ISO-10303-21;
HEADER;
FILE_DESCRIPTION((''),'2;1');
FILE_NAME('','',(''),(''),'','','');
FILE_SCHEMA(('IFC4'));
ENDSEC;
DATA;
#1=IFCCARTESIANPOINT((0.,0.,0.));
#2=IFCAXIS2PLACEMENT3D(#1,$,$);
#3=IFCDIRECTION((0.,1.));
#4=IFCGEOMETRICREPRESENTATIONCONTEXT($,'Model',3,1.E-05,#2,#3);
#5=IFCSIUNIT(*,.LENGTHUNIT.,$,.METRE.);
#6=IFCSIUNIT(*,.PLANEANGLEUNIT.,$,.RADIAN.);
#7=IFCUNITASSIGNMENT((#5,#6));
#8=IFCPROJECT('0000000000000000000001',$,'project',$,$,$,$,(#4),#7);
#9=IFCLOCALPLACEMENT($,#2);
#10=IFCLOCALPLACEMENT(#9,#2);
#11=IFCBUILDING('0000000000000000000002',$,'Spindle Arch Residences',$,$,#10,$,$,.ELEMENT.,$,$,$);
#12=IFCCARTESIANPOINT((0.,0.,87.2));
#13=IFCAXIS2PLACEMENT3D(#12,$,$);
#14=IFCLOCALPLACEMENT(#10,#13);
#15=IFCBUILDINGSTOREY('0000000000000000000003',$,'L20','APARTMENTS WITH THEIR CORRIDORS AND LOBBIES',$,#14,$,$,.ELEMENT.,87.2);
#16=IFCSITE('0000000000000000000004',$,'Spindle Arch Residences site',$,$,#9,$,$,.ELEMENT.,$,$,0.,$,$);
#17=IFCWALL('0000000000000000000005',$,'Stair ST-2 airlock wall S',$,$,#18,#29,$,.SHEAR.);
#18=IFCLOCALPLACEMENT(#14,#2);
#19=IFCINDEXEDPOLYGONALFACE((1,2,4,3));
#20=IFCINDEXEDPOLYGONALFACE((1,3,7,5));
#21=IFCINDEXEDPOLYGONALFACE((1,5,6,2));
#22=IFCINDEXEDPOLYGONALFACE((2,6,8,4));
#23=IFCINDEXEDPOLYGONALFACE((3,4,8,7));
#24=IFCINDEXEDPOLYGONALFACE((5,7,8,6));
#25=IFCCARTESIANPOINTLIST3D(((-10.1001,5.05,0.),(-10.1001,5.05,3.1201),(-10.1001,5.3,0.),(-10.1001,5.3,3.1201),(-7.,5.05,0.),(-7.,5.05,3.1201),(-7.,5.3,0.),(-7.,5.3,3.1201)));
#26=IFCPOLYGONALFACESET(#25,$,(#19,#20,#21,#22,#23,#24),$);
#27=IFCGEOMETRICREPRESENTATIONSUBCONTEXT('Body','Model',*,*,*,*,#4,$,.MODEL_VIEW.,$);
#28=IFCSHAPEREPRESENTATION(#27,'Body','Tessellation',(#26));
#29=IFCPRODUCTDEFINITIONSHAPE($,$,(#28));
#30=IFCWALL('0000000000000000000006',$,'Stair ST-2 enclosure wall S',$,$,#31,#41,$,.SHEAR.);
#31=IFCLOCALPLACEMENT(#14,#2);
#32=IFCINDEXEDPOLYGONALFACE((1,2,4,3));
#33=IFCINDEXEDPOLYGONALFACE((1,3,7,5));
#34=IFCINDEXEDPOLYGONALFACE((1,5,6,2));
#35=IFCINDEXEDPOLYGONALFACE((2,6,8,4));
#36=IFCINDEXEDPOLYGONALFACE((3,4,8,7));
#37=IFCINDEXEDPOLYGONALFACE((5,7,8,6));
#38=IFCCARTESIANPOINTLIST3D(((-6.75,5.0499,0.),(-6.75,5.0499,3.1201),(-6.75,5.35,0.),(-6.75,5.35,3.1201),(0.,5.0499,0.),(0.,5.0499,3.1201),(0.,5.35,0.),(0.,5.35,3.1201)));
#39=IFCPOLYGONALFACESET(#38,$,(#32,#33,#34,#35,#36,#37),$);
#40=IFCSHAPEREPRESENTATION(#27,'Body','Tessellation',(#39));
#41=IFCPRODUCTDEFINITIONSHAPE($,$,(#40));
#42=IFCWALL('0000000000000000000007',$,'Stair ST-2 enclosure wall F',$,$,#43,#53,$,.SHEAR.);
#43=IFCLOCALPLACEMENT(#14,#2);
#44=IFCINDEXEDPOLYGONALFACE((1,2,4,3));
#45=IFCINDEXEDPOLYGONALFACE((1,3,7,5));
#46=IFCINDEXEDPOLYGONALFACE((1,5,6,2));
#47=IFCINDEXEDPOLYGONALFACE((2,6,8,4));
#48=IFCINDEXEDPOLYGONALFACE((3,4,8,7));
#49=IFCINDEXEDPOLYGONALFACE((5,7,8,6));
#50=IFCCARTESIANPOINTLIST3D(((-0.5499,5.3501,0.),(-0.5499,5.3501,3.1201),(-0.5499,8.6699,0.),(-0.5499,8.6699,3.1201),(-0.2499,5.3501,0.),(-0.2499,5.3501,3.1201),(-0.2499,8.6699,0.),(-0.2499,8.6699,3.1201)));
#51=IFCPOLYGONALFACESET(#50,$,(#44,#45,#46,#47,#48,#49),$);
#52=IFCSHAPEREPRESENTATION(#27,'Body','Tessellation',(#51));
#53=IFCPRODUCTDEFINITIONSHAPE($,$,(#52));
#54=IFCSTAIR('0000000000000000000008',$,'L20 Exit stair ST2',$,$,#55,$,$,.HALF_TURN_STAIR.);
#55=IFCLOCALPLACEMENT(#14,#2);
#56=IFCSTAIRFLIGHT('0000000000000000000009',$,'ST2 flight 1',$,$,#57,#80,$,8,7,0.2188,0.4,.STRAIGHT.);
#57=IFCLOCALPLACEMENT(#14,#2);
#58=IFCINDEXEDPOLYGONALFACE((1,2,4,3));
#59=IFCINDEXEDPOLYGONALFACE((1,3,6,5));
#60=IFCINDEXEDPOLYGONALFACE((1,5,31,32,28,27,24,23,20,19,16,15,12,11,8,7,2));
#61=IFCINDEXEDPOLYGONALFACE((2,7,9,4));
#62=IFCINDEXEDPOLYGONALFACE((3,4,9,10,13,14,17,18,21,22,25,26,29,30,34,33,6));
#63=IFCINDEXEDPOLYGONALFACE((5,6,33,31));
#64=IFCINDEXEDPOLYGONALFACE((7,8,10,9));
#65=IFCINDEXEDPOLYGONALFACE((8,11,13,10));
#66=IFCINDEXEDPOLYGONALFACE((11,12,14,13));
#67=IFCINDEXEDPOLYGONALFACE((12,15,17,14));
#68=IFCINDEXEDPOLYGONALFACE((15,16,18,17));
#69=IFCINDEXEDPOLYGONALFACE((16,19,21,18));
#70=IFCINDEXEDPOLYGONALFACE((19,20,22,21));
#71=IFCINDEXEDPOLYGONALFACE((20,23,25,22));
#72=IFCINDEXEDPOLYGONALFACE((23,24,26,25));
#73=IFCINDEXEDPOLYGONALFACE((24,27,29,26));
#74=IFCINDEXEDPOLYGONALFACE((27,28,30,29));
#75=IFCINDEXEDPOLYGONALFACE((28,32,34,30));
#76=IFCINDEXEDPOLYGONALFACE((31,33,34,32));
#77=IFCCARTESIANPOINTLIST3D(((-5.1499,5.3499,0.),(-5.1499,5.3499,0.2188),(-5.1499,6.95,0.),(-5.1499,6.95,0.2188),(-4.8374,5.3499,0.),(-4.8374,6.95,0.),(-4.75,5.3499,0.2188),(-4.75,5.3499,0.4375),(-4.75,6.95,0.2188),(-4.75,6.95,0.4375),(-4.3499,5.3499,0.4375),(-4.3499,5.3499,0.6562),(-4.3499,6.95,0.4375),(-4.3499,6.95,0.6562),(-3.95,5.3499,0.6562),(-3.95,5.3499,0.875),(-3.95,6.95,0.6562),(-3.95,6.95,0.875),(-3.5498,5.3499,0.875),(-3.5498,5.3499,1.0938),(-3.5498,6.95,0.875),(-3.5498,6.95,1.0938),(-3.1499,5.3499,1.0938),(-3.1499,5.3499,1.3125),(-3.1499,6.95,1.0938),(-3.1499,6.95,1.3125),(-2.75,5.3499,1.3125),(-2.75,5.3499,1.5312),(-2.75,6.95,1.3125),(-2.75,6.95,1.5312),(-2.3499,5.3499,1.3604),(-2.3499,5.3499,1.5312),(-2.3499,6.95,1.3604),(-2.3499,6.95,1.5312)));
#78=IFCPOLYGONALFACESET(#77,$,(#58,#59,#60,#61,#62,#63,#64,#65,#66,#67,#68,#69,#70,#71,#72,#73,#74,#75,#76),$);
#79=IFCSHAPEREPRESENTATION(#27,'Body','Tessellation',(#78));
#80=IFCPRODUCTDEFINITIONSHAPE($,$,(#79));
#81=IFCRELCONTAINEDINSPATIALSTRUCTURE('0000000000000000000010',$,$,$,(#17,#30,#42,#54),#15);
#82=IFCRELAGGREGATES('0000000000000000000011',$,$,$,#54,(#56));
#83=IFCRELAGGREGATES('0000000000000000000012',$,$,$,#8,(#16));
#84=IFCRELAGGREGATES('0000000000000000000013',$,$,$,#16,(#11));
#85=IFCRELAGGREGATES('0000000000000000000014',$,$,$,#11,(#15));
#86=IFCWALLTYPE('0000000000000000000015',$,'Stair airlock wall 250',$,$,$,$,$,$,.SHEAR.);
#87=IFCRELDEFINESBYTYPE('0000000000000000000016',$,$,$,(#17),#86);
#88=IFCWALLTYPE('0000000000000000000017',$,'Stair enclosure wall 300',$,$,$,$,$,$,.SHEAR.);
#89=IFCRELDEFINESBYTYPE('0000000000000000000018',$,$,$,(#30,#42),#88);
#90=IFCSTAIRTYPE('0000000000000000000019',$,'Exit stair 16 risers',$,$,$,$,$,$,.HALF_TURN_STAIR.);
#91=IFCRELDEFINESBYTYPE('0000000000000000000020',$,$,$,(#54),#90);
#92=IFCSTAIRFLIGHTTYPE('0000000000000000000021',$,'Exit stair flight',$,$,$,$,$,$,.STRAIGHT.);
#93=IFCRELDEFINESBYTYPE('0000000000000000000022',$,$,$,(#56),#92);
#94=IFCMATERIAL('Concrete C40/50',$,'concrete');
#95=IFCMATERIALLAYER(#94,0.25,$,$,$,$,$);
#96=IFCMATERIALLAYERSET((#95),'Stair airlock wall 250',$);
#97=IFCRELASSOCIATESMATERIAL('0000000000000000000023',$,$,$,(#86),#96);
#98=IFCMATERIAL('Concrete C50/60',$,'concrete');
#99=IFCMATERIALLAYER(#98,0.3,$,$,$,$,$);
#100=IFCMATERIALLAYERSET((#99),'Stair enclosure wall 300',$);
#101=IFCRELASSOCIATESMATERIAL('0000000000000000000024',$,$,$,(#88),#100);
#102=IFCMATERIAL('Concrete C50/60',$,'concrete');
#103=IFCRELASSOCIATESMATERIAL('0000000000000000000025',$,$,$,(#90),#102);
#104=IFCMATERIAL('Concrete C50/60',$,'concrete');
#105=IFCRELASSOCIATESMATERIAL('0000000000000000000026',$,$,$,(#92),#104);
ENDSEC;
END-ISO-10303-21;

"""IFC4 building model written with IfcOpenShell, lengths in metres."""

from ifc_helpers import new_model, si_unit, direction, frame, frame_2d, origin, place, context, subcontext, project, spatial, polyline, rectangle, outline, extrude, material, layer, layer_set, type_object, element, aggregate, save


model = new_model("IFC4")

# Units and contexts
model_context = context("Model", 3, precision=1e-05, world=origin(), true_north=direction((0.0, 1.0)))
body_context = subcontext(model_context, "Body", "Model", "MODEL_VIEW")
ifc_project = project(units=[si_unit("LENGTHUNIT", "METRE"), si_unit("PLANEANGLEUNIT", "RADIAN")], contexts=[model_context])

# Site, building, storey
site_placement = place(None, origin())
site = spatial("IfcSite", under=ifc_project, at=site_placement, Name="Spindle Arch Residences site", CompositionType="ELEMENT", RefElevation=0.0)
building_placement = place(site_placement, origin())
building = spatial("IfcBuilding", under=site, at=building_placement, Name="Spindle Arch Residences", CompositionType="ELEMENT")
storey_placement = place(building_placement, frame((0.0, 0.0, 87.2)))
storey = spatial("IfcBuildingStorey", under=building, at=storey_placement, Name="L20", Description="APARTMENTS WITH THEIR CORRIDORS AND LOBBIES", CompositionType="ELEMENT", Elevation=87.2)

# Walls
ifc_material_1 = material(Name="Concrete C40/50", Category="concrete")
ifc_layer_1 = layer(ifc_material_1, 0.25)
ifc_layer_set_1 = layer_set([ifc_layer_1], Name="Stair airlock wall 250")
wall_type_1 = type_object("IfcWallType", Name="Stair airlock wall 250", PredefinedType="SHEAR", material=ifc_layer_set_1)
wall_1_placement = place(storey_placement, frame((-7.0, 5.175, 0.0), z_axis=(0.0, 0.0, 1.0), x_axis=(-1.0, 0.0, 0.0)))
element("IfcWall", 1, at=wall_1_placement, inside=storey, type_object=wall_type_1, Name="Stair ST-2 airlock wall S", PredefinedType="SHEAR", context=body_context, shape_type="SweptSolid", body=[
    extrude(rectangle(XDim=3.1001, YDim=0.25, at=frame_2d((1.55, 0.0))), origin(), (0.0, 0.0, 1.0), 3.1201),
])
ifc_material_2 = material(Name="Concrete C50/60", Category="concrete")
ifc_layer_2 = layer(ifc_material_2, 0.3)
ifc_layer_set_2 = layer_set([ifc_layer_2], Name="Stair enclosure wall 300")
wall_type_2 = type_object("IfcWallType", Name="Stair enclosure wall 300", PredefinedType="SHEAR", material=ifc_layer_set_2)
wall_2_placement = place(storey_placement, frame((-6.75, 5.2, 0.0), z_axis=(0.0, 0.0, 1.0), x_axis=(1.0, 0.0, 0.0)))
element("IfcWall", 2, at=wall_2_placement, inside=storey, type_object=wall_type_2, Name="Stair ST-2 enclosure wall S", PredefinedType="SHEAR", context=body_context, shape_type="SweptSolid", body=[
    extrude(rectangle(XDim=6.75, YDim=0.3, at=frame_2d((3.375, 0.0))), origin(), (0.0, 0.0, 1.0), 3.1201),
])
wall_3_placement = place(storey_placement, frame((-0.3999, 5.3501, 0.0), z_axis=(0.0, 0.0, 1.0), x_axis=(0.0, 1.0, 0.0)))
element("IfcWall", 3, at=wall_3_placement, inside=storey, type_object=wall_type_2, Name="Stair ST-2 enclosure wall F", PredefinedType="SHEAR", context=body_context, shape_type="SweptSolid", body=[
    extrude(rectangle(XDim=3.3198, YDim=0.3, at=frame_2d((1.6599, 0.0))), origin(), (0.0, 0.0, 1.0), 3.1201),
])

# Stair, stair flight
ifc_material_3 = material(Name="Concrete C50/60", Category="concrete")
stair_type = type_object("IfcStairType", Name="Exit stair 16 risers", PredefinedType="HALF_TURN_STAIR", material=ifc_material_3)
stair_placement = place(storey_placement, origin())
stair = element("IfcStair", 4, at=stair_placement, inside=storey, type_object=stair_type, Name="L20 Exit stair ST2", PredefinedType="HALF_TURN_STAIR")
ifc_material_4 = material(Name="Concrete C50/60", Category="concrete")
stair_flight_type = type_object("IfcStairFlightType", Name="Exit stair flight", PredefinedType="STRAIGHT", material=ifc_material_4)
stair_flight_placement = place(storey_placement, frame((-5.1499, 6.1499, 0.0), z_axis=(0.0, 0.0, 1.0), x_axis=(1.0, 0.0, 0.0)))
stair_flight = element("IfcStairFlight", 5, at=stair_flight_placement, type_object=stair_flight_type, Name="ST2 flight 1", NumberOfRisers=8, NumberOfTreads=7, PredefinedType="STRAIGHT", RiserHeight=0.2188, TreadLength=0.4, context=body_context, shape_type="SweptSolid", body=[
    extrude(outline(polyline([(0.0, 0.0), (0.0, 0.2188), (0.3999, 0.2188), (0.3999, 0.4375), (0.8, 0.4375), (0.8, 0.6562), (1.2, 0.6562), (1.2, 0.875), (1.6001, 0.875), (1.6001, 1.0938), (2.0, 1.0938), (2.0, 1.3125), (2.3999, 1.3125), (2.3999, 1.5312), (2.8, 1.5312), (2.8, 1.75), (2.8, 1.3604), (0.3125, 0.0), (0.0, 0.0)])), frame((0.0, 0.8, 0.0), z_axis=(0.0, -1.0, 0.0), x_axis=(1.0, 0.0, 0.0)), (0.0, 0.0, 1.0), 1.6001),
])
aggregate(stair, [stair_flight])

save(model, "model.ifc")
